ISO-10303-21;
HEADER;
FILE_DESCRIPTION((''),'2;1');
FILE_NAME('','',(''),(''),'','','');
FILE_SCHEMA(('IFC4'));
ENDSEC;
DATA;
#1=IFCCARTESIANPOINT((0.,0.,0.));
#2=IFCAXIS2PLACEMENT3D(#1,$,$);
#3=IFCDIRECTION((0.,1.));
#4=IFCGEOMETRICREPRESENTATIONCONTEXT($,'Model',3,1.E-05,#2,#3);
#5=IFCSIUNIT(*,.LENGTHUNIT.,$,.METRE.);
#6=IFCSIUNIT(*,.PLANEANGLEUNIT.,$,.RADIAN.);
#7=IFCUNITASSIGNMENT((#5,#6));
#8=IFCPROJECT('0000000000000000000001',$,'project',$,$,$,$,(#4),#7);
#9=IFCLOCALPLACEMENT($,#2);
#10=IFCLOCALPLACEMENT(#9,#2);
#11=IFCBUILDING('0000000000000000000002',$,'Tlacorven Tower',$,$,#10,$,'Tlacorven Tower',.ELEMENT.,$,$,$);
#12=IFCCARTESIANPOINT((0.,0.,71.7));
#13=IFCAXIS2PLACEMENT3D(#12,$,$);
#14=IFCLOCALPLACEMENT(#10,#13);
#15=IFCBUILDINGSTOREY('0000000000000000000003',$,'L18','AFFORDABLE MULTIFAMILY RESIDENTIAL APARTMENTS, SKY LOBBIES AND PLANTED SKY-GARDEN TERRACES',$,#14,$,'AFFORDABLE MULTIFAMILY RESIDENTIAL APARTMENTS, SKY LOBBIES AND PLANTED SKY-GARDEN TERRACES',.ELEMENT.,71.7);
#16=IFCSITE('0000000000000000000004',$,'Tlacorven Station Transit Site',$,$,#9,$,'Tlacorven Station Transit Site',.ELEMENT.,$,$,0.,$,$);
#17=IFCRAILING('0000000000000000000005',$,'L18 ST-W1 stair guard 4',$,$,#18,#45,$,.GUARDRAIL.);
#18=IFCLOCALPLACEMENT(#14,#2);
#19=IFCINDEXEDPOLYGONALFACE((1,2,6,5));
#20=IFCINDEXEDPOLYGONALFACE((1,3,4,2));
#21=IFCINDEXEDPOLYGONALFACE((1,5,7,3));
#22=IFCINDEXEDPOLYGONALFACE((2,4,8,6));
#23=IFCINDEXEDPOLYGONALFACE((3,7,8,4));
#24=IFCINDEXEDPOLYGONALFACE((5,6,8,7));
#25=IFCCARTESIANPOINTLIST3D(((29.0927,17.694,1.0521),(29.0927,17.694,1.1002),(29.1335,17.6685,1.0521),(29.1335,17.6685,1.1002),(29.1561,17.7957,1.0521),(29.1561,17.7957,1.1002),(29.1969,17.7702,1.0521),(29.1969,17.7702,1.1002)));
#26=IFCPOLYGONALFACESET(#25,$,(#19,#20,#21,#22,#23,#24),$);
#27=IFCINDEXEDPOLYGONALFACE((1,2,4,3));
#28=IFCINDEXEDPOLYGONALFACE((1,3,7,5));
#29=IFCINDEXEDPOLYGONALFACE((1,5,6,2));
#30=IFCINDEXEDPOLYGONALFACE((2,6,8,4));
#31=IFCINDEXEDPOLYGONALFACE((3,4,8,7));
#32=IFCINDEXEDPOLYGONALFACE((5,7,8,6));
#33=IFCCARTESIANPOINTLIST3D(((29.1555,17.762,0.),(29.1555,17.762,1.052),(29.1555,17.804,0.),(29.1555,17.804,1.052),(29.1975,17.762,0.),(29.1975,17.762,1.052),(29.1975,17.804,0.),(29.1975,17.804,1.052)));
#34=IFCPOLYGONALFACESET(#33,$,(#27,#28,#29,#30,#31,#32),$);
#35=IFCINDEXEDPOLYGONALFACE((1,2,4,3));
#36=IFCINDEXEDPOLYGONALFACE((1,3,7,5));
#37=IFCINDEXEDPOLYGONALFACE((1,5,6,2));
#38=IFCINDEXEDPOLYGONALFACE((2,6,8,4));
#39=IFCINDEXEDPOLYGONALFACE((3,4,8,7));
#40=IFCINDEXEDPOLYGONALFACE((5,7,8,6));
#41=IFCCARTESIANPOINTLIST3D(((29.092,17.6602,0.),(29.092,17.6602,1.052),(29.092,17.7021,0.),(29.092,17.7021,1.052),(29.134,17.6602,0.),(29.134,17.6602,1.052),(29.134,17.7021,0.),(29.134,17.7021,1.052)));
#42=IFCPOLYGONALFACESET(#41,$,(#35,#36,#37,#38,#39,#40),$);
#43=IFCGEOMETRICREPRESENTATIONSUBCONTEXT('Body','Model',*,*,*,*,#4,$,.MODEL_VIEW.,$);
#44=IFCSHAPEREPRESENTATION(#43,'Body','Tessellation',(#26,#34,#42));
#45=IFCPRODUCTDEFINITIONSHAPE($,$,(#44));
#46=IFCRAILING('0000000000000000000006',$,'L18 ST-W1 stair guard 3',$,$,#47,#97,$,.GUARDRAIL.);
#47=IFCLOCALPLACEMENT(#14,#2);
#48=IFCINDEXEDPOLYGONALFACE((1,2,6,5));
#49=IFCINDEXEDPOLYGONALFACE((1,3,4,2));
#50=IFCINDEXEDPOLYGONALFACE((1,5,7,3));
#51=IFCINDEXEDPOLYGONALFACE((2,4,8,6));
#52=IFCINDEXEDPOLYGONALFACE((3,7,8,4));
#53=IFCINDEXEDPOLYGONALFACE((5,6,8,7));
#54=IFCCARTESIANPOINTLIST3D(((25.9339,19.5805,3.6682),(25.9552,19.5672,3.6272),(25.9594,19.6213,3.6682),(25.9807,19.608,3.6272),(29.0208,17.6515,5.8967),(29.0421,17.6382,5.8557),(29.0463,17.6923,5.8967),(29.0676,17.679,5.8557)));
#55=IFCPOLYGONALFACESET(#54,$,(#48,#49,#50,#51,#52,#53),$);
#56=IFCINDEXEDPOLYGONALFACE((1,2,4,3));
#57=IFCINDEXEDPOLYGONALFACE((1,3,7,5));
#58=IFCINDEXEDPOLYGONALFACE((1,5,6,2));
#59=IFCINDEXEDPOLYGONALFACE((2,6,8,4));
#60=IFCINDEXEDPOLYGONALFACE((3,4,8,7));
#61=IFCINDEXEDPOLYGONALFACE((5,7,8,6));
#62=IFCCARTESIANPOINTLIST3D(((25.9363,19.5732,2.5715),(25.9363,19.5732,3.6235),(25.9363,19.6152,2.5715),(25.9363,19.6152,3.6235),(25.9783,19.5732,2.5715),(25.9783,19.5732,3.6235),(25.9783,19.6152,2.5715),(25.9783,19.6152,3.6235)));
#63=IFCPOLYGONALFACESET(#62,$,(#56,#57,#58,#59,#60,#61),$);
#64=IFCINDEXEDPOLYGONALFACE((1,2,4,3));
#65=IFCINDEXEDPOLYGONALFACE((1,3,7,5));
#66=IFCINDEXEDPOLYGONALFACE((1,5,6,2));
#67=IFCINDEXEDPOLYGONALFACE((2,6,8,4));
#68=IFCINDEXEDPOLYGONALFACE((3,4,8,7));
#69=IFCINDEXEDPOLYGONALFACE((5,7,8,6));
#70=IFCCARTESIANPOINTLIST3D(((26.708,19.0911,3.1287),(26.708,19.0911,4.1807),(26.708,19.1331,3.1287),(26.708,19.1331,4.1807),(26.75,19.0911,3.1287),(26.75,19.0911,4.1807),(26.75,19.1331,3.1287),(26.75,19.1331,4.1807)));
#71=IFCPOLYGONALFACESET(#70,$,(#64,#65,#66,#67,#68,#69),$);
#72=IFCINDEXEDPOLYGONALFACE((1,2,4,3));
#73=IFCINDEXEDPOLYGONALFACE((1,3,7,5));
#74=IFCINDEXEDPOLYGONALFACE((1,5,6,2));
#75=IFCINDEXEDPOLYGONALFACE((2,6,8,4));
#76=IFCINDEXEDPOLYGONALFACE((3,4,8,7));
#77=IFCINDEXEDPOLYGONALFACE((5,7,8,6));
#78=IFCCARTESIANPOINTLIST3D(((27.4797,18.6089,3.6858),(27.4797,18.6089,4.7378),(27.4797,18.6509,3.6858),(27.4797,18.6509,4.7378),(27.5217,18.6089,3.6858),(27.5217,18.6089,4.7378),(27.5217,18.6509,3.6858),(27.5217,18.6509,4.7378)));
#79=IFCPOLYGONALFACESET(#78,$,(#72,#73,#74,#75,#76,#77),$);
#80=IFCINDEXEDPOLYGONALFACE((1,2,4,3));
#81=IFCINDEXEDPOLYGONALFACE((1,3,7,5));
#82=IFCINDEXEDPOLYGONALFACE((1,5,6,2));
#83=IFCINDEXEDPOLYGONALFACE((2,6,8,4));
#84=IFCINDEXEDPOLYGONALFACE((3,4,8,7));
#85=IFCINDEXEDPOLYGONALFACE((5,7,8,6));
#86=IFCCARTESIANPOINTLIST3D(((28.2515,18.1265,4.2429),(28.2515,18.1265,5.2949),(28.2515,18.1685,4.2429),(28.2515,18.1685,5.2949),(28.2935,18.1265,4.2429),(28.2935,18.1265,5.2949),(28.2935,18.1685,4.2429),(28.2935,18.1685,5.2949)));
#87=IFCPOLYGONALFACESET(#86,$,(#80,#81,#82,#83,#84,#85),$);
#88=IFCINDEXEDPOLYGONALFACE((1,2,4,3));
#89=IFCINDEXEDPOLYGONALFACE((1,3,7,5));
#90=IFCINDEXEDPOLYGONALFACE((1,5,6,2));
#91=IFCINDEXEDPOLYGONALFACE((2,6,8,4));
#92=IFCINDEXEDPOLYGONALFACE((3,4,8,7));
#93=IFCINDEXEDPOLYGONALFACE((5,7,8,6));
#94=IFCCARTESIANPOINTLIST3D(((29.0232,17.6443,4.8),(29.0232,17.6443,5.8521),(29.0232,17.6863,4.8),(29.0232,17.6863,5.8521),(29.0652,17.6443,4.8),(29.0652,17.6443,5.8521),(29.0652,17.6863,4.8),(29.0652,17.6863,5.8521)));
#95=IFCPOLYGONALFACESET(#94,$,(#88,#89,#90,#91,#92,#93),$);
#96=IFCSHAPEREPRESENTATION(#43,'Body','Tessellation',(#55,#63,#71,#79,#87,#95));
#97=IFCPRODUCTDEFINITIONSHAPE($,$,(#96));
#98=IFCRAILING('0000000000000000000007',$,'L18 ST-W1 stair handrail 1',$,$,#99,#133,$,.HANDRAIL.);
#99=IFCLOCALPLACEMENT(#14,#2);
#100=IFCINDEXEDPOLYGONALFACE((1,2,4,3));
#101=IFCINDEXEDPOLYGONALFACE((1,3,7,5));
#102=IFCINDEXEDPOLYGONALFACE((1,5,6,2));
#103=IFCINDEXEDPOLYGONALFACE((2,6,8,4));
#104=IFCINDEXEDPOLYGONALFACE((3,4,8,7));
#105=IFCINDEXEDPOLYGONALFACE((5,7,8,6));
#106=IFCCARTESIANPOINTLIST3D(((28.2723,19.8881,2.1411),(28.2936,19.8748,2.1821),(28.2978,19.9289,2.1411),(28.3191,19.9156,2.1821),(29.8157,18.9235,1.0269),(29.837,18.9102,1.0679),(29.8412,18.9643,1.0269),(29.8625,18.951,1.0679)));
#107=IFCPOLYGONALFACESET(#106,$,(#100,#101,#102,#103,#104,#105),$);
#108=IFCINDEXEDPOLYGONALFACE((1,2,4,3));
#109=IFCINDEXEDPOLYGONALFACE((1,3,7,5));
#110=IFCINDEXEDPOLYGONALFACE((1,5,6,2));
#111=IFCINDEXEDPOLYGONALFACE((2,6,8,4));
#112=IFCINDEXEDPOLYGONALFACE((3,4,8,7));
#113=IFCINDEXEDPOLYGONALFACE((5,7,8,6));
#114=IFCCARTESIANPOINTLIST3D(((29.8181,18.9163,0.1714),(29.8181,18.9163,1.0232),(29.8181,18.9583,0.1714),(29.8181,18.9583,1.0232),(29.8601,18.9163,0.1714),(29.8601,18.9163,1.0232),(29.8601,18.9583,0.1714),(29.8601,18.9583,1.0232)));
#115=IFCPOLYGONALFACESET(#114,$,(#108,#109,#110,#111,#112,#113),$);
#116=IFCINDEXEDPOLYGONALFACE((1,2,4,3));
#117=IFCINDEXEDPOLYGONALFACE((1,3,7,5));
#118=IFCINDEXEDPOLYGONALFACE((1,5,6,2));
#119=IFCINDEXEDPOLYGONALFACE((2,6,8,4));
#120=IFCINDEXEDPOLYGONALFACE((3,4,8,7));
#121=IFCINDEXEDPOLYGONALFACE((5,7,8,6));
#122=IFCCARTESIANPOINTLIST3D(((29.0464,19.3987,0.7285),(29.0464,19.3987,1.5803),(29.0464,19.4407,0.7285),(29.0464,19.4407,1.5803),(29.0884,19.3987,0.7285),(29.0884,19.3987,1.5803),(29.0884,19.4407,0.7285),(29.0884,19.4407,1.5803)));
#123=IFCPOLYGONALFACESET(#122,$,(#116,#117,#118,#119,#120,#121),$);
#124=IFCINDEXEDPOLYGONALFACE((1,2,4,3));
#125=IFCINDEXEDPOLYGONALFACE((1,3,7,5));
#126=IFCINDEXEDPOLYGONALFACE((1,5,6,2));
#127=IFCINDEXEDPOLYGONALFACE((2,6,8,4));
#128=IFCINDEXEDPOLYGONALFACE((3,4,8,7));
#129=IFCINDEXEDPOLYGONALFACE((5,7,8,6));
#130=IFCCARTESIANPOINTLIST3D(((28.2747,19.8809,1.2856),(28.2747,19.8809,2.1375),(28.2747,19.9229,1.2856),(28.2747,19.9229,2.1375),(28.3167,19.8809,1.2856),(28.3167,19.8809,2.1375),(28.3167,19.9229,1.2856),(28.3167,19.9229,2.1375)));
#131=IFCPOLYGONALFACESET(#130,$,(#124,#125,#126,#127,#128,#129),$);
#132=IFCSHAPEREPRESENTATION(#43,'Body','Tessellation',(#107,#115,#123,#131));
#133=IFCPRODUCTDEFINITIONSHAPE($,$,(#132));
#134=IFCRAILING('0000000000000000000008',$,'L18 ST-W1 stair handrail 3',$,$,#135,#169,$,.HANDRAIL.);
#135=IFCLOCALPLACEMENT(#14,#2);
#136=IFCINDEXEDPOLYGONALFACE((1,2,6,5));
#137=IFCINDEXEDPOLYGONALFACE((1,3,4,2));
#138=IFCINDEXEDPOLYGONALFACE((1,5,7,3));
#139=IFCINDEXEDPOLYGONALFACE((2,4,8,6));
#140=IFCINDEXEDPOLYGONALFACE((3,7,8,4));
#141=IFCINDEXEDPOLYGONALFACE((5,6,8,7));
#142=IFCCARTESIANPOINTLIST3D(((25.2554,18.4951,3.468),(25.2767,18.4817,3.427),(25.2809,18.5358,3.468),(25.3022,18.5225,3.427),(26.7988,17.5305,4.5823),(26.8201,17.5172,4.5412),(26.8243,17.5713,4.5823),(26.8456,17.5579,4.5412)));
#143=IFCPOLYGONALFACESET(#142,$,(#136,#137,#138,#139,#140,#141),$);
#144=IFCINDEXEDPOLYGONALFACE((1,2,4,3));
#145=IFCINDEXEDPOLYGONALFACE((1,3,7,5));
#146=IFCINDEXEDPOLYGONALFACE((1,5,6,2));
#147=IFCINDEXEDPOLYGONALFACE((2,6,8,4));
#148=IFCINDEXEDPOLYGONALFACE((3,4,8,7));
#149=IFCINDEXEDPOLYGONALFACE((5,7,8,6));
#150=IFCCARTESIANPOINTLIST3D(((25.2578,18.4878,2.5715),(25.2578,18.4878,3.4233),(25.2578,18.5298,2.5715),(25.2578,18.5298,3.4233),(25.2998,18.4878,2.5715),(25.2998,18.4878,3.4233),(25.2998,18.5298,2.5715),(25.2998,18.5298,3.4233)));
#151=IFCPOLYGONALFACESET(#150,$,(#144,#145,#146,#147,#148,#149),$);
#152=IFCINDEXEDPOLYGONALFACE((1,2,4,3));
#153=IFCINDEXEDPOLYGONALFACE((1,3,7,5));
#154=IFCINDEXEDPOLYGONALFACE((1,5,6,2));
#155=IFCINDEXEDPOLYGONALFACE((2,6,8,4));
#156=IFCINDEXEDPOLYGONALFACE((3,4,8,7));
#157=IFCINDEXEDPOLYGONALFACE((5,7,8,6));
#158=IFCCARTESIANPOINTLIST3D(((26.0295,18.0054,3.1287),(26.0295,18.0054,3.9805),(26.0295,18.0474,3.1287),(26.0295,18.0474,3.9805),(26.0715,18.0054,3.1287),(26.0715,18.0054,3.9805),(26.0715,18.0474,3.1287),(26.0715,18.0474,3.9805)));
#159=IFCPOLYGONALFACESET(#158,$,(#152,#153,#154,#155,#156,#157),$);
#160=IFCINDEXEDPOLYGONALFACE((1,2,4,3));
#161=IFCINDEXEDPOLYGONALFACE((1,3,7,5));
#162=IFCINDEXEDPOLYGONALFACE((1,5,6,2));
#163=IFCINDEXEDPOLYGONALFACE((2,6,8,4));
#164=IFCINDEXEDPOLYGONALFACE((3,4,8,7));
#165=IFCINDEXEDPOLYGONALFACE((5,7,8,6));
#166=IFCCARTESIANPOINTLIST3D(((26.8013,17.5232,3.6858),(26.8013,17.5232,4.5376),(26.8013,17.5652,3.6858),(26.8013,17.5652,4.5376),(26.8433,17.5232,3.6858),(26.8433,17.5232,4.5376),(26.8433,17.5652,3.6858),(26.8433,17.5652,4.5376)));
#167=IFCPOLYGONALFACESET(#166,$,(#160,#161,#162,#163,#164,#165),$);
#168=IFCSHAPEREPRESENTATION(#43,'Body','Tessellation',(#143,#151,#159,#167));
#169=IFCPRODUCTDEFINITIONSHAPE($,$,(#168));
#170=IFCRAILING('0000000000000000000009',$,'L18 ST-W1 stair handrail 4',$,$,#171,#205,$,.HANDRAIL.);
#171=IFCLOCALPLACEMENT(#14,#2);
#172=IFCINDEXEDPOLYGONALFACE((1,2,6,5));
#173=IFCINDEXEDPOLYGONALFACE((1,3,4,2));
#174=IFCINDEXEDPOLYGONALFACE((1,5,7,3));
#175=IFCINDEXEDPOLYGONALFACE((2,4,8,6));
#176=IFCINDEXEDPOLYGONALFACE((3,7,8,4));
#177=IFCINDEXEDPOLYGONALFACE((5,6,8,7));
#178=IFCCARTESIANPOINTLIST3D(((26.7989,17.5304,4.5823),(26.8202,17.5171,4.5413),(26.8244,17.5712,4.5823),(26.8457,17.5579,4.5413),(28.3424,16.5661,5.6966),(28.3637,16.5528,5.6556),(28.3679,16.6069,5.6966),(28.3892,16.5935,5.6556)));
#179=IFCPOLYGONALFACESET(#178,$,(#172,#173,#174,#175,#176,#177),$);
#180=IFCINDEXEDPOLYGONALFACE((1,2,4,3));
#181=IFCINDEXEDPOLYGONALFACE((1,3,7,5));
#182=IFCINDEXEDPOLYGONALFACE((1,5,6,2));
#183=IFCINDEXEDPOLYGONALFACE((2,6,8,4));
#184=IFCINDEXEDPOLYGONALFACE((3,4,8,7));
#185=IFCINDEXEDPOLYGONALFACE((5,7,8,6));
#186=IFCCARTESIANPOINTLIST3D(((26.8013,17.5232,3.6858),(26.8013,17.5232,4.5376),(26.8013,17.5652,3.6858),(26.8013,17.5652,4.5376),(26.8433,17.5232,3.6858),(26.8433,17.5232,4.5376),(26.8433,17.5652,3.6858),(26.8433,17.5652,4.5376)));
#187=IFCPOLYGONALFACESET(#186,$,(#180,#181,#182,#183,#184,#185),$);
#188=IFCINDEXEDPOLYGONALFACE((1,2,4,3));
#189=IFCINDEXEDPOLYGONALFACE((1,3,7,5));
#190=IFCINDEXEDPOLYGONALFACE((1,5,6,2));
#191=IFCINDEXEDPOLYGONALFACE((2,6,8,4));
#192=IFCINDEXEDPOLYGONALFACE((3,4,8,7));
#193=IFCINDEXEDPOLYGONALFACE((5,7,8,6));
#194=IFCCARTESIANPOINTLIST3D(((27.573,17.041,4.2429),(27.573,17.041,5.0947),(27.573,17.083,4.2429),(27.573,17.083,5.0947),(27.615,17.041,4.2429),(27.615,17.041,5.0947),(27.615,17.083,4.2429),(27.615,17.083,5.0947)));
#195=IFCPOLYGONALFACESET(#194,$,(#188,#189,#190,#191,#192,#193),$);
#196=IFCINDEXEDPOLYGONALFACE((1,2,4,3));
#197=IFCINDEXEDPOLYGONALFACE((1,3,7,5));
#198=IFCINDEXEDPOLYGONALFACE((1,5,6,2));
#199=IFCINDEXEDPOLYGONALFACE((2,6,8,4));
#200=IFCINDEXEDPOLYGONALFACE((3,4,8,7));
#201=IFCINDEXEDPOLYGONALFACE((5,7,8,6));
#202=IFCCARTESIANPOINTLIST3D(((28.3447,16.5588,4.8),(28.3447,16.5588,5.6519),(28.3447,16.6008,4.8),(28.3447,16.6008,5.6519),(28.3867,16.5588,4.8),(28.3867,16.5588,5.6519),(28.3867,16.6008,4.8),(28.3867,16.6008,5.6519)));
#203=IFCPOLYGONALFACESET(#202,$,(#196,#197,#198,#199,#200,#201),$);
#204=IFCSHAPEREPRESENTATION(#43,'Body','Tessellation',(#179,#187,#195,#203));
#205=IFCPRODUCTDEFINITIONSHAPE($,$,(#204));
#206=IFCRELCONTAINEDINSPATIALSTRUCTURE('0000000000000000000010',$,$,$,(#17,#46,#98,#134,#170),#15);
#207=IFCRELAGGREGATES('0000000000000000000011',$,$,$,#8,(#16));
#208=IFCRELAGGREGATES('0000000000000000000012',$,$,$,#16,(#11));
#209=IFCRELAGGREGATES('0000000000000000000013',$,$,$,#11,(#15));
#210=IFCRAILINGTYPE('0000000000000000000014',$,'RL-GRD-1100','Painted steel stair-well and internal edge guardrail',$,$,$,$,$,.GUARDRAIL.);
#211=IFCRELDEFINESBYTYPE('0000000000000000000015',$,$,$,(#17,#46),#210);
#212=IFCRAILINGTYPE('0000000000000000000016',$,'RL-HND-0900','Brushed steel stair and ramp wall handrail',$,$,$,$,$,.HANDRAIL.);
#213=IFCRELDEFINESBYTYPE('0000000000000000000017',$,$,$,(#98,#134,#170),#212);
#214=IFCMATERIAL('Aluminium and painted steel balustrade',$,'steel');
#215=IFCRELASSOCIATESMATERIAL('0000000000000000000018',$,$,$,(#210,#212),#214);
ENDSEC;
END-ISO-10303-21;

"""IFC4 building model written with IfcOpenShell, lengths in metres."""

from ifc_helpers import new_model, si_unit, direction, frame, origin, origin_2d, place, context, subcontext, project, spatial, rectangle, extrude, source, transform, mapped, material, type_object, element, save


model = new_model("IFC4")

# Units and contexts
model_context = context("Model", 3, precision=1e-05, world=origin(), true_north=direction((0.0, 1.0)))
body_context = subcontext(model_context, "Body", "Model", "MODEL_VIEW")
ifc_project = project(units=[si_unit("LENGTHUNIT", "METRE"), si_unit("PLANEANGLEUNIT", "RADIAN")], contexts=[model_context])

# Site, building, storey
site_placement = place(None, origin())
site = spatial("IfcSite", under=ifc_project, at=site_placement, Name="Tlacorven Station Transit Site", LongName="Tlacorven Station Transit Site", CompositionType="ELEMENT", RefElevation=0.0)
building_placement = place(site_placement, origin())
building = spatial("IfcBuilding", under=site, at=building_placement, Name="Tlacorven Tower", LongName="Tlacorven Tower", CompositionType="ELEMENT")
storey_placement = place(building_placement, frame((0.0, 0.0, 71.7)))
storey = spatial("IfcBuildingStorey", under=building, at=storey_placement, Name="L18", Description="AFFORDABLE MULTIFAMILY RESIDENTIAL APARTMENTS, SKY LOBBIES AND PLANTED SKY-GARDEN TERRACES", LongName="AFFORDABLE MULTIFAMILY RESIDENTIAL APARTMENTS, SKY LOBBIES AND PLANTED SKY-GARDEN TERRACES", CompositionType="ELEMENT", Elevation=71.7)

# Shared definitions
ifc_material_1 = material(Name="Aluminium and painted steel balustrade", Category="steel")
railing_type_1 = type_object("IfcRailingType", Name="RL-GRD-1100", Description="Painted steel stair-well and internal edge guardrail", PredefinedType="GUARDRAIL", material=ifc_material_1)

# Railings
shared_shape_1 = source(origin(), body_context, "Body", "SweptSolid", [
    extrude(rectangle(XDim=0.0481, YDim=0.0481, at=origin_2d()), frame((0.0, 0.0, 1.0762), z_axis=(-0.529084, -0.848569, 0.0), x_axis=(0.848569, -0.529084, 0.0)), (0.0, 0.0, 1.0), 0.1199),
    extrude(rectangle(XDim=0.042, YDim=0.042, at=origin_2d()), origin(), (0.0, 0.0, 1.0), 1.052),
    extrude(rectangle(XDim=0.042, YDim=0.042, at=origin_2d()), frame((-0.0635, -0.1018, 0.0)), (0.0, 0.0, 1.0), 1.052),
])
for number, where, name in (
    (1, (29.1765, 17.783, 0.0), "L18 ST-W1 stair guard 4"),
):
    element("IfcRailing", number, at=place(storey_placement, frame(where)), inside=storey, type_object=railing_type_1, Name=name, PredefinedType="GUARDRAIL", context=body_context, shape_type="MappedRepresentation", body=[
        mapped(shared_shape_1, transform((0.0, 0.0, 0.0), scale=1.0)),
    ])
shared_shape_2 = source(origin(), body_context, "Body", "SweptSolid", [
    extrude(rectangle(XDim=0.0481, YDim=0.0481, at=origin_2d()), frame((0.0, 0.0, 1.0762), z_axis=(0.723262, -0.451953, 0.52214), x_axis=(0.529927, 0.848044, 0.0)), (0.0, 0.0, 1.0), 4.2681),
    extrude(rectangle(XDim=0.042, YDim=0.042, at=origin_2d()), origin(), (0.0, 0.0, 1.0), 1.052),
    extrude(rectangle(XDim=0.042, YDim=0.042, at=origin_2d()), frame((0.7717, -0.4822, 0.5571)), (0.0, 0.0, 1.0), 1.052),
    extrude(rectangle(XDim=0.042, YDim=0.042, at=origin_2d()), frame((1.5435, -0.9644, 1.1143)), (0.0, 0.0, 1.0), 1.052),
    extrude(rectangle(XDim=0.042, YDim=0.042, at=origin_2d()), frame((2.3152, -1.4468, 1.6714)), (0.0, 0.0, 1.0), 1.052),
    extrude(rectangle(XDim=0.042, YDim=0.042, at=origin_2d()), frame((3.0869, -1.929, 2.2285)), (0.0, 0.0, 1.0), 1.052),
])
railing_1_placement = place(storey_placement, frame((25.9573, 19.5942, 2.5715)))
element("IfcRailing", 2, at=railing_1_placement, inside=storey, type_object=railing_type_1, Name="L18 ST-W1 stair guard 3", PredefinedType="GUARDRAIL", context=body_context, shape_type="MappedRepresentation", body=[
    mapped(shared_shape_2, transform((0.0, 0.0, 0.0), scale=1.0)),
])
railing_type_2 = type_object("IfcRailingType", Name="RL-HND-0900", Description="Brushed steel stair and ramp wall handrail", PredefinedType="HANDRAIL", material=ifc_material_1)
shared_shape_3 = source(origin(), body_context, "Body", "SweptSolid", [
    extrude(rectangle(XDim=0.0481, YDim=0.0481, at=origin_2d()), frame((0.0, 0.0, 0.876), z_axis=(-0.723244, 0.451999, 0.522126), x_axis=(-0.529975, -0.848013, 0.0)), (0.0, 0.0, 1.0), 2.134),
    extrude(rectangle(XDim=0.042, YDim=0.042, at=origin_2d()), origin(), (0.0, 0.0, 1.0), 0.8518),
    extrude(rectangle(XDim=0.042, YDim=0.042, at=origin_2d()), frame((-0.7717, 0.4824, 0.5571)), (0.0, 0.0, 1.0), 0.8518),
    extrude(rectangle(XDim=0.042, YDim=0.042, at=origin_2d()), frame((-1.5435, 0.9646, 1.1143)), (0.0, 0.0, 1.0), 0.8518),
])
railing_2_placement = place(storey_placement, frame((29.8391, 18.9373, 0.1714)))
element("IfcRailing", 3, at=railing_2_placement, inside=storey, type_object=railing_type_2, Name="L18 ST-W1 stair handrail 1", PredefinedType="HANDRAIL", context=body_context, shape_type="MappedRepresentation", body=[
    mapped(shared_shape_3, transform((0.0, 0.0, 0.0), scale=1.0)),
])
shared_shape_4 = source(origin(), body_context, "Body", "SweptSolid", [
    extrude(rectangle(XDim=0.0481, YDim=0.0481, at=origin_2d()), frame((0.0, 0.0, 0.876), z_axis=(0.723244, -0.451999, 0.522126), x_axis=(0.529975, 0.848013, 0.0)), (0.0, 0.0, 1.0), 2.134),
    extrude(rectangle(XDim=0.042, YDim=0.042, at=origin_2d()), origin(), (0.0, 0.0, 1.0), 0.8518),
    extrude(rectangle(XDim=0.042, YDim=0.042, at=origin_2d()), frame((0.7717, -0.4824, 0.5571)), (0.0, 0.0, 1.0), 0.8518),
    extrude(rectangle(XDim=0.042, YDim=0.042, at=origin_2d()), frame((1.5435, -0.9646, 1.1143)), (0.0, 0.0, 1.0), 0.8518),
])
railing_3_placement = place(storey_placement, frame((25.2788, 18.5088, 2.5715)))
element("IfcRailing", 4, at=railing_3_placement, inside=storey, type_object=railing_type_2, Name="L18 ST-W1 stair handrail 3", PredefinedType="HANDRAIL", context=body_context, shape_type="MappedRepresentation", body=[
    mapped(shared_shape_4, transform((0.0, 0.0, 0.0), scale=1.0)),
])
shared_shape_5 = source(origin(), body_context, "Body", "SweptSolid", [
    extrude(rectangle(XDim=0.0481, YDim=0.0481, at=origin_2d()), frame((0.0, 0.0, 0.876), z_axis=(0.723281, -0.451908, 0.522153), x_axis=(0.529878, 0.848074, 0.0)), (0.0, 0.0, 1.0), 2.134),
    extrude(rectangle(XDim=0.042, YDim=0.042, at=origin_2d()), origin(), (0.0, 0.0, 1.0), 0.8518),
    extrude(rectangle(XDim=0.042, YDim=0.042, at=origin_2d()), frame((0.7717, -0.4822, 0.5571)), (0.0, 0.0, 1.0), 0.8518),
    extrude(rectangle(XDim=0.042, YDim=0.042, at=origin_2d()), frame((1.5435, -0.9644, 1.1143)), (0.0, 0.0, 1.0), 0.8518),
])
railing_4_placement = place(storey_placement, frame((26.8223, 17.5442, 3.6858)))
element("IfcRailing", 5, at=railing_4_placement, inside=storey, type_object=railing_type_2, Name="L18 ST-W1 stair handrail 4", PredefinedType="HANDRAIL", context=body_context, shape_type="MappedRepresentation", body=[
    mapped(shared_shape_5, transform((0.0, 0.0, 0.0), scale=1.0)),
])

save(model, "model.ifc")
